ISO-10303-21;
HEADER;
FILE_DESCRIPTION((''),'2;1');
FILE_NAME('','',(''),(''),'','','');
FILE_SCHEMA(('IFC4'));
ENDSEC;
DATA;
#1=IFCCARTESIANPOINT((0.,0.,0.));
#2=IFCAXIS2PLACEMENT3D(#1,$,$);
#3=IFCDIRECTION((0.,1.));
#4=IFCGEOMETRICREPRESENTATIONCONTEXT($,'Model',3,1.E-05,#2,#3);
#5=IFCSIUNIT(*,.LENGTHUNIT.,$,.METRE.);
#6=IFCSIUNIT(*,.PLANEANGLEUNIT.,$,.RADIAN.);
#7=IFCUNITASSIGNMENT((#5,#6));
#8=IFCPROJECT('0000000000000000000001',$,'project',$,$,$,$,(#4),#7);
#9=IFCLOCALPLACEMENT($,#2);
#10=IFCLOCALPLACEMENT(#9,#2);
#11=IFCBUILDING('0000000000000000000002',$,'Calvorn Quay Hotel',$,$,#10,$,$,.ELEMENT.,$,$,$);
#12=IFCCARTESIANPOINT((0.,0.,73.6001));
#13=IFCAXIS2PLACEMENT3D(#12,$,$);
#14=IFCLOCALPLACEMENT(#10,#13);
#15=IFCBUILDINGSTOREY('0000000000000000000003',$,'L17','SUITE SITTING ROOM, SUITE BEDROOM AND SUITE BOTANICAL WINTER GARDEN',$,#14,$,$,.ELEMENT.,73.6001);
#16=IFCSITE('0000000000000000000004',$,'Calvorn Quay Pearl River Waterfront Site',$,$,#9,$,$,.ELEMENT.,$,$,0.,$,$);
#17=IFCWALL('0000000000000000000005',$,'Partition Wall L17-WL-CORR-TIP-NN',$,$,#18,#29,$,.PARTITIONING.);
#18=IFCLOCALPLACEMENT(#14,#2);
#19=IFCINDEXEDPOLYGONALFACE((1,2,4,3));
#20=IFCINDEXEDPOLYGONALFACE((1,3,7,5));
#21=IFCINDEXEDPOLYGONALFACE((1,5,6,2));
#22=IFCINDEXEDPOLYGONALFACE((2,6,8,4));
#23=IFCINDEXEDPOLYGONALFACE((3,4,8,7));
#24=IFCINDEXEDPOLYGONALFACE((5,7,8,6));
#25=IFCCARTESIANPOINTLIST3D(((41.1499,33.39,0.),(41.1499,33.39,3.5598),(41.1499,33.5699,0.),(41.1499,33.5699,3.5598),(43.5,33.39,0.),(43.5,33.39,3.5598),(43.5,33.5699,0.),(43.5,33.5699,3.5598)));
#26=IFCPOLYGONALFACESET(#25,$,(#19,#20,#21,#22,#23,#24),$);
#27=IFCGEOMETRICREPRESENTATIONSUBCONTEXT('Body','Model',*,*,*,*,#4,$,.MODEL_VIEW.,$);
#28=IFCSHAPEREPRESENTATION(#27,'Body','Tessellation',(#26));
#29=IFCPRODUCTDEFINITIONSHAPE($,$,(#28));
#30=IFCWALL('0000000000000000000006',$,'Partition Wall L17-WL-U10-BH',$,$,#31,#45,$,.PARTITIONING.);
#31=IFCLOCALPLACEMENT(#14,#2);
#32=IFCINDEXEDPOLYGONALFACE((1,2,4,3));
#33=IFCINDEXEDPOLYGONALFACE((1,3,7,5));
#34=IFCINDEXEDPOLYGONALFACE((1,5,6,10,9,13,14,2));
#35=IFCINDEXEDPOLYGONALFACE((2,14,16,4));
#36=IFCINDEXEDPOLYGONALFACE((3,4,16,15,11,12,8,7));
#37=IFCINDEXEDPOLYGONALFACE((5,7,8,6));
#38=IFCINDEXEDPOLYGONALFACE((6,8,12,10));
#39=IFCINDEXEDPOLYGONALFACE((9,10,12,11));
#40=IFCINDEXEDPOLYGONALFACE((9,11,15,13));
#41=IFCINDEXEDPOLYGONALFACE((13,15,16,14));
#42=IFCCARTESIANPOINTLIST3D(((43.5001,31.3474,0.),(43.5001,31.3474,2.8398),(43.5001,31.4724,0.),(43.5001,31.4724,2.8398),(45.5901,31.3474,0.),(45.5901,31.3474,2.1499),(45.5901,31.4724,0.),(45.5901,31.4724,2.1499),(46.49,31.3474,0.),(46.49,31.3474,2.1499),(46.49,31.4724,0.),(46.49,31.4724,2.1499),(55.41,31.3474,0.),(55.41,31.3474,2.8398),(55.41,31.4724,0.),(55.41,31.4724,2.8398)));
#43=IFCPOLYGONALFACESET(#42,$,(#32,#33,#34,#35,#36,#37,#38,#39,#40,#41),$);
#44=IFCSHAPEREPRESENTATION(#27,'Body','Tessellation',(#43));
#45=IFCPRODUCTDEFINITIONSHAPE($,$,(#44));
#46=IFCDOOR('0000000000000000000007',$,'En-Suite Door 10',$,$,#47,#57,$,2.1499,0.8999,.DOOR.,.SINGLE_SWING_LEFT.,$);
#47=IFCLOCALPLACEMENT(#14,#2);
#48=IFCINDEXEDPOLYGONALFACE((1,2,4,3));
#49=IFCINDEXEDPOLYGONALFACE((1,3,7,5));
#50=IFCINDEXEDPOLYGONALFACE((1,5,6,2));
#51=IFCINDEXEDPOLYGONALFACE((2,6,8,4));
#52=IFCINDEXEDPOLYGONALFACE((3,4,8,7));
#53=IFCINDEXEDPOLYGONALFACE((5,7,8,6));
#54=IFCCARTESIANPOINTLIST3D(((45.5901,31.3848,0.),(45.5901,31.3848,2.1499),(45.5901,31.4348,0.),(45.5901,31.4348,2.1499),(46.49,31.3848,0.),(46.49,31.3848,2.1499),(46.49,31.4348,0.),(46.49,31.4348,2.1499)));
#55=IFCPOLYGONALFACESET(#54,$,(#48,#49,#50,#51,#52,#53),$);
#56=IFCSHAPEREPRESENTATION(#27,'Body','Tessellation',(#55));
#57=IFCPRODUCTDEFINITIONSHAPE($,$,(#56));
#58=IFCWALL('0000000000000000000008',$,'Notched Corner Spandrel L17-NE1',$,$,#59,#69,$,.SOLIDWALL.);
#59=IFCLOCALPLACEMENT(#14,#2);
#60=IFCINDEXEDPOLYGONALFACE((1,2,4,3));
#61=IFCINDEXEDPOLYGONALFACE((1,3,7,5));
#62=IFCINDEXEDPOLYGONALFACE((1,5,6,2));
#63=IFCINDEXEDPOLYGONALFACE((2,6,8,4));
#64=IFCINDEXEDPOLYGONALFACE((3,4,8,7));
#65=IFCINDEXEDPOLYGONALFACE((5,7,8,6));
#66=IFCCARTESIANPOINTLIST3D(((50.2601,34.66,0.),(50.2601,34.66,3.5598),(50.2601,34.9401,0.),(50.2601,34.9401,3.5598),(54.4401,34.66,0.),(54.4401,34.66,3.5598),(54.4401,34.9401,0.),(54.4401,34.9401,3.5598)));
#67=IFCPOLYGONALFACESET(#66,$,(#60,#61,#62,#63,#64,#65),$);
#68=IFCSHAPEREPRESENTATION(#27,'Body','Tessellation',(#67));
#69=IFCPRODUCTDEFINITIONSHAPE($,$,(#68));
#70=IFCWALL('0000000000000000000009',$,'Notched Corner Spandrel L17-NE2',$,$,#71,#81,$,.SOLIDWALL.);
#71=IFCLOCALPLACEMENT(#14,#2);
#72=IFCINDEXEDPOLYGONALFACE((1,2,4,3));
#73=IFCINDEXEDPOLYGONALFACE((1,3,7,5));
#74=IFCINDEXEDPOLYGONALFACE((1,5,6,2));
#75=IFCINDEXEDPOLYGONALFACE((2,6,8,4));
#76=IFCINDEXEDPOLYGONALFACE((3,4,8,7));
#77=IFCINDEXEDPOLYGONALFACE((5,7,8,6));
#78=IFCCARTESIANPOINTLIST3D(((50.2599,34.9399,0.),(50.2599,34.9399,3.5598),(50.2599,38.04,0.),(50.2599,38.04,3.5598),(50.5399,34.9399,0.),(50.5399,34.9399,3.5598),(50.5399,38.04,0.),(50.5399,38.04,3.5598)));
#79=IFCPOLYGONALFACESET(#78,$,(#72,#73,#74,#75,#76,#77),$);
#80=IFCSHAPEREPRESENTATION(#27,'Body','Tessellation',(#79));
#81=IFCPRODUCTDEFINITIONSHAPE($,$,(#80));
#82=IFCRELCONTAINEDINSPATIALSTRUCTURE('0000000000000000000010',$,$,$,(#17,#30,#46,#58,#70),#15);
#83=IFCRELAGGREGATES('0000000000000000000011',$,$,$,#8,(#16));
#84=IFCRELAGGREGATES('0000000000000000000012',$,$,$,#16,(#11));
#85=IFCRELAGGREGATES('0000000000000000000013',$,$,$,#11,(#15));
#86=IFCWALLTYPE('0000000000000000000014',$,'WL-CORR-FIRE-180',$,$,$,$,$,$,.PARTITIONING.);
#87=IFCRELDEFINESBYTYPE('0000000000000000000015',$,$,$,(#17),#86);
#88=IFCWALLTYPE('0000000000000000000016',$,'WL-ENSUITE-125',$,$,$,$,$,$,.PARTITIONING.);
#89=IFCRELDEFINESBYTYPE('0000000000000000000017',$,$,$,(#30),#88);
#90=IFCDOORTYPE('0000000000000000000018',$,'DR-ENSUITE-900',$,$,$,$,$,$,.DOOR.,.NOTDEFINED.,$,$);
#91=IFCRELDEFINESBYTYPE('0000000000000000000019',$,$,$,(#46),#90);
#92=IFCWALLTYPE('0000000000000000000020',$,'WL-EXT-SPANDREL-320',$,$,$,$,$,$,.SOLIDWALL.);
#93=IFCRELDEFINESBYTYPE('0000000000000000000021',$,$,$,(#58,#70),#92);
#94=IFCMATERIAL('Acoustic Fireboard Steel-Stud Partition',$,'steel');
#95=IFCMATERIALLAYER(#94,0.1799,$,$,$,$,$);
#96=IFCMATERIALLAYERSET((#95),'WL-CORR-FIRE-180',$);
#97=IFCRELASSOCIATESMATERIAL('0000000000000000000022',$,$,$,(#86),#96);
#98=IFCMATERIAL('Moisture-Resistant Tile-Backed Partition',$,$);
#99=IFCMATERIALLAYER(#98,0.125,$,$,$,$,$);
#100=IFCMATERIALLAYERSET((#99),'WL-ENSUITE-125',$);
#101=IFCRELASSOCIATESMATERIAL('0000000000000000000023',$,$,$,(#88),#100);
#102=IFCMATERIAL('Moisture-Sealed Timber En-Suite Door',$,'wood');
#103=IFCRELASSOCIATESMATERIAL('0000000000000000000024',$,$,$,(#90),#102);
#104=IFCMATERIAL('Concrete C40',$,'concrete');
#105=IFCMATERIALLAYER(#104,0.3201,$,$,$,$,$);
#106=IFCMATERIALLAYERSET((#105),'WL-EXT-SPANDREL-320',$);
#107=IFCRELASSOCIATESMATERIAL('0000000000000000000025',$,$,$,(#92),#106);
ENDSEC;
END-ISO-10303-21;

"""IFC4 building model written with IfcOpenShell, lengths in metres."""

from ifc_helpers import new_model, si_unit, direction, frame, frame_2d, origin, place, context, subcontext, project, spatial, rectangle, extrude, material, layer, layer_set, type_object, element, fill, save


model = new_model("IFC4")

# Units and contexts
model_context = context("Model", 3, precision=1e-05, world=origin(), true_north=direction((0.0, 1.0)))
body_context = subcontext(model_context, "Body", "Model", "MODEL_VIEW")
ifc_project = project(units=[si_unit("LENGTHUNIT", "METRE"), si_unit("PLANEANGLEUNIT", "RADIAN")], contexts=[model_context])

# Site, building, storey
site_placement = place(None, origin())
site = spatial("IfcSite", under=ifc_project, at=site_placement, Name="Calvorn Quay Pearl River Waterfront Site", CompositionType="ELEMENT", RefElevation=0.0)
building_placement = place(site_placement, origin())
building = spatial("IfcBuilding", under=site, at=building_placement, Name="Calvorn Quay Hotel", CompositionType="ELEMENT")
storey_placement = place(building_placement, frame((0.0, 0.0, 73.6001)))
storey = spatial("IfcBuildingStorey", under=building, at=storey_placement, Name="L17", Description="SUITE SITTING ROOM, SUITE BEDROOM AND SUITE BOTANICAL WINTER GARDEN", CompositionType="ELEMENT", Elevation=73.6001)

# Wall
ifc_material_1 = material(Name="Acoustic Fireboard Steel-Stud Partition", Category="steel")
ifc_layer_1 = layer(ifc_material_1, 0.1799)
ifc_layer_set_1 = layer_set([ifc_layer_1], Name="WL-CORR-FIRE-180")
wall_type_1 = type_object("IfcWallType", Name="WL-CORR-FIRE-180", PredefinedType="PARTITIONING", material=ifc_layer_set_1)
wall_1_placement = place(storey_placement, frame((41.1499, 33.48, 0.0), z_axis=(0.0, 0.0, 1.0), x_axis=(1.0, 0.0, 0.0)))
element("IfcWall", 1, at=wall_1_placement, inside=storey, type_object=wall_type_1, Name="Partition Wall L17-WL-CORR-TIP-NN", PredefinedType="PARTITIONING", context=body_context, shape_type="SweptSolid", body=[
    extrude(rectangle(XDim=2.3501, YDim=0.1799, at=frame_2d((1.175, 0.0))), origin(), (0.0, 0.0, 1.0), 3.5598),
])

# Wall, opening, door
ifc_material_2 = material(Name="Moisture-Resistant Tile-Backed Partition")
ifc_layer_2 = layer(ifc_material_2, 0.125)
ifc_layer_set_2 = layer_set([ifc_layer_2], Name="WL-ENSUITE-125")
wall_type_2 = type_object("IfcWallType", Name="WL-ENSUITE-125", PredefinedType="PARTITIONING", material=ifc_layer_set_2)
wall_2_placement = place(storey_placement, frame((43.5, 31.4099, 0.0), z_axis=(0.0, 0.0, 1.0), x_axis=(1.0, 0.0, 0.0)))
wall_2 = element("IfcWall", 2, at=wall_2_placement, inside=storey, type_object=wall_type_2, Name="Partition Wall L17-WL-U10-BH", PredefinedType="PARTITIONING", context=body_context, shape_type="SweptSolid", body=[
    extrude(rectangle(XDim=11.9099, YDim=0.125, at=frame_2d((5.9551, 0.0))), origin(), (0.0, 0.0, 1.0), 2.8398),
])
opening_placement = place(wall_2_placement, frame((2.0901, 0.0, 0.0)))
opening = element("IfcOpeningElement", 3, at=opening_placement, cuts=wall_2, PredefinedType="OPENING", context=body_context, shape_type="SweptSolid", body=[
    extrude(rectangle(XDim=0.8999, YDim=2.1499, at=frame_2d((0.45, 1.075))), frame((0.0, 0.0725, 0.0), z_axis=(0.0, -1.0, 0.0), x_axis=(1.0, 0.0, 0.0)), (0.0, 0.0, 1.0), 0.145),
])
ifc_material_3 = material(Name="Moisture-Sealed Timber En-Suite Door", Category="wood")
door_type = type_object("IfcDoorType", Name="DR-ENSUITE-900", OperationType="NOTDEFINED", PredefinedType="DOOR", material=ifc_material_3)
door_placement = place(opening_placement, origin())
door = element("IfcDoor", 4, at=door_placement, inside=storey, type_object=door_type, Name="En-Suite Door 10", OperationType="SINGLE_SWING_LEFT", OverallHeight=2.1499, OverallWidth=0.8999, PredefinedType="DOOR", context=body_context, shape_type="SweptSolid", body=[
    extrude(rectangle(XDim=0.8999, YDim=2.1499, at=frame_2d((0.45, 1.075))), frame((0.0, 0.0249, 0.0), z_axis=(0.0, -1.0, 0.0), x_axis=(1.0, 0.0, 0.0)), (0.0, 0.0, 1.0), 0.05),
])
fill(opening, door)

# Walls
ifc_material_4 = material(Name="Concrete C40", Category="concrete")
ifc_layer_3 = layer(ifc_material_4, 0.3201)
ifc_layer_set_3 = layer_set([ifc_layer_3], Name="WL-EXT-SPANDREL-320")
wall_type_3 = type_object("IfcWallType", Name="WL-EXT-SPANDREL-320", PredefinedType="SOLIDWALL", material=ifc_layer_set_3)
wall_3_placement = place(storey_placement, frame((54.4399, 34.8, 0.0), z_axis=(0.0, 0.0, 1.0), x_axis=(-1.0, 0.0, 0.0)))
element("IfcWall", 5, at=wall_3_placement, inside=storey, type_object=wall_type_3, Name="Notched Corner Spandrel L17-NE1", PredefinedType="SOLIDWALL", context=body_context, shape_type="SweptSolid", body=[
    extrude(rectangle(XDim=4.1799, YDim=0.28, at=frame_2d((2.0898, 0.0))), origin(), (0.0, 0.0, 1.0), 3.5598),
])
wall_4_placement = place(storey_placement, frame((50.3999, 34.9399, 0.0), z_axis=(0.0, 0.0, 1.0), x_axis=(0.0, 1.0, 0.0)))
element("IfcWall", 6, at=wall_4_placement, inside=storey, type_object=wall_type_3, Name="Notched Corner Spandrel L17-NE2", PredefinedType="SOLIDWALL", context=body_context, shape_type="SweptSolid", body=[
    extrude(rectangle(XDim=3.1001, YDim=0.28, at=frame_2d((1.55, 0.0))), origin(), (0.0, 0.0, 1.0), 3.5598),
])

save(model, "model.ifc")
